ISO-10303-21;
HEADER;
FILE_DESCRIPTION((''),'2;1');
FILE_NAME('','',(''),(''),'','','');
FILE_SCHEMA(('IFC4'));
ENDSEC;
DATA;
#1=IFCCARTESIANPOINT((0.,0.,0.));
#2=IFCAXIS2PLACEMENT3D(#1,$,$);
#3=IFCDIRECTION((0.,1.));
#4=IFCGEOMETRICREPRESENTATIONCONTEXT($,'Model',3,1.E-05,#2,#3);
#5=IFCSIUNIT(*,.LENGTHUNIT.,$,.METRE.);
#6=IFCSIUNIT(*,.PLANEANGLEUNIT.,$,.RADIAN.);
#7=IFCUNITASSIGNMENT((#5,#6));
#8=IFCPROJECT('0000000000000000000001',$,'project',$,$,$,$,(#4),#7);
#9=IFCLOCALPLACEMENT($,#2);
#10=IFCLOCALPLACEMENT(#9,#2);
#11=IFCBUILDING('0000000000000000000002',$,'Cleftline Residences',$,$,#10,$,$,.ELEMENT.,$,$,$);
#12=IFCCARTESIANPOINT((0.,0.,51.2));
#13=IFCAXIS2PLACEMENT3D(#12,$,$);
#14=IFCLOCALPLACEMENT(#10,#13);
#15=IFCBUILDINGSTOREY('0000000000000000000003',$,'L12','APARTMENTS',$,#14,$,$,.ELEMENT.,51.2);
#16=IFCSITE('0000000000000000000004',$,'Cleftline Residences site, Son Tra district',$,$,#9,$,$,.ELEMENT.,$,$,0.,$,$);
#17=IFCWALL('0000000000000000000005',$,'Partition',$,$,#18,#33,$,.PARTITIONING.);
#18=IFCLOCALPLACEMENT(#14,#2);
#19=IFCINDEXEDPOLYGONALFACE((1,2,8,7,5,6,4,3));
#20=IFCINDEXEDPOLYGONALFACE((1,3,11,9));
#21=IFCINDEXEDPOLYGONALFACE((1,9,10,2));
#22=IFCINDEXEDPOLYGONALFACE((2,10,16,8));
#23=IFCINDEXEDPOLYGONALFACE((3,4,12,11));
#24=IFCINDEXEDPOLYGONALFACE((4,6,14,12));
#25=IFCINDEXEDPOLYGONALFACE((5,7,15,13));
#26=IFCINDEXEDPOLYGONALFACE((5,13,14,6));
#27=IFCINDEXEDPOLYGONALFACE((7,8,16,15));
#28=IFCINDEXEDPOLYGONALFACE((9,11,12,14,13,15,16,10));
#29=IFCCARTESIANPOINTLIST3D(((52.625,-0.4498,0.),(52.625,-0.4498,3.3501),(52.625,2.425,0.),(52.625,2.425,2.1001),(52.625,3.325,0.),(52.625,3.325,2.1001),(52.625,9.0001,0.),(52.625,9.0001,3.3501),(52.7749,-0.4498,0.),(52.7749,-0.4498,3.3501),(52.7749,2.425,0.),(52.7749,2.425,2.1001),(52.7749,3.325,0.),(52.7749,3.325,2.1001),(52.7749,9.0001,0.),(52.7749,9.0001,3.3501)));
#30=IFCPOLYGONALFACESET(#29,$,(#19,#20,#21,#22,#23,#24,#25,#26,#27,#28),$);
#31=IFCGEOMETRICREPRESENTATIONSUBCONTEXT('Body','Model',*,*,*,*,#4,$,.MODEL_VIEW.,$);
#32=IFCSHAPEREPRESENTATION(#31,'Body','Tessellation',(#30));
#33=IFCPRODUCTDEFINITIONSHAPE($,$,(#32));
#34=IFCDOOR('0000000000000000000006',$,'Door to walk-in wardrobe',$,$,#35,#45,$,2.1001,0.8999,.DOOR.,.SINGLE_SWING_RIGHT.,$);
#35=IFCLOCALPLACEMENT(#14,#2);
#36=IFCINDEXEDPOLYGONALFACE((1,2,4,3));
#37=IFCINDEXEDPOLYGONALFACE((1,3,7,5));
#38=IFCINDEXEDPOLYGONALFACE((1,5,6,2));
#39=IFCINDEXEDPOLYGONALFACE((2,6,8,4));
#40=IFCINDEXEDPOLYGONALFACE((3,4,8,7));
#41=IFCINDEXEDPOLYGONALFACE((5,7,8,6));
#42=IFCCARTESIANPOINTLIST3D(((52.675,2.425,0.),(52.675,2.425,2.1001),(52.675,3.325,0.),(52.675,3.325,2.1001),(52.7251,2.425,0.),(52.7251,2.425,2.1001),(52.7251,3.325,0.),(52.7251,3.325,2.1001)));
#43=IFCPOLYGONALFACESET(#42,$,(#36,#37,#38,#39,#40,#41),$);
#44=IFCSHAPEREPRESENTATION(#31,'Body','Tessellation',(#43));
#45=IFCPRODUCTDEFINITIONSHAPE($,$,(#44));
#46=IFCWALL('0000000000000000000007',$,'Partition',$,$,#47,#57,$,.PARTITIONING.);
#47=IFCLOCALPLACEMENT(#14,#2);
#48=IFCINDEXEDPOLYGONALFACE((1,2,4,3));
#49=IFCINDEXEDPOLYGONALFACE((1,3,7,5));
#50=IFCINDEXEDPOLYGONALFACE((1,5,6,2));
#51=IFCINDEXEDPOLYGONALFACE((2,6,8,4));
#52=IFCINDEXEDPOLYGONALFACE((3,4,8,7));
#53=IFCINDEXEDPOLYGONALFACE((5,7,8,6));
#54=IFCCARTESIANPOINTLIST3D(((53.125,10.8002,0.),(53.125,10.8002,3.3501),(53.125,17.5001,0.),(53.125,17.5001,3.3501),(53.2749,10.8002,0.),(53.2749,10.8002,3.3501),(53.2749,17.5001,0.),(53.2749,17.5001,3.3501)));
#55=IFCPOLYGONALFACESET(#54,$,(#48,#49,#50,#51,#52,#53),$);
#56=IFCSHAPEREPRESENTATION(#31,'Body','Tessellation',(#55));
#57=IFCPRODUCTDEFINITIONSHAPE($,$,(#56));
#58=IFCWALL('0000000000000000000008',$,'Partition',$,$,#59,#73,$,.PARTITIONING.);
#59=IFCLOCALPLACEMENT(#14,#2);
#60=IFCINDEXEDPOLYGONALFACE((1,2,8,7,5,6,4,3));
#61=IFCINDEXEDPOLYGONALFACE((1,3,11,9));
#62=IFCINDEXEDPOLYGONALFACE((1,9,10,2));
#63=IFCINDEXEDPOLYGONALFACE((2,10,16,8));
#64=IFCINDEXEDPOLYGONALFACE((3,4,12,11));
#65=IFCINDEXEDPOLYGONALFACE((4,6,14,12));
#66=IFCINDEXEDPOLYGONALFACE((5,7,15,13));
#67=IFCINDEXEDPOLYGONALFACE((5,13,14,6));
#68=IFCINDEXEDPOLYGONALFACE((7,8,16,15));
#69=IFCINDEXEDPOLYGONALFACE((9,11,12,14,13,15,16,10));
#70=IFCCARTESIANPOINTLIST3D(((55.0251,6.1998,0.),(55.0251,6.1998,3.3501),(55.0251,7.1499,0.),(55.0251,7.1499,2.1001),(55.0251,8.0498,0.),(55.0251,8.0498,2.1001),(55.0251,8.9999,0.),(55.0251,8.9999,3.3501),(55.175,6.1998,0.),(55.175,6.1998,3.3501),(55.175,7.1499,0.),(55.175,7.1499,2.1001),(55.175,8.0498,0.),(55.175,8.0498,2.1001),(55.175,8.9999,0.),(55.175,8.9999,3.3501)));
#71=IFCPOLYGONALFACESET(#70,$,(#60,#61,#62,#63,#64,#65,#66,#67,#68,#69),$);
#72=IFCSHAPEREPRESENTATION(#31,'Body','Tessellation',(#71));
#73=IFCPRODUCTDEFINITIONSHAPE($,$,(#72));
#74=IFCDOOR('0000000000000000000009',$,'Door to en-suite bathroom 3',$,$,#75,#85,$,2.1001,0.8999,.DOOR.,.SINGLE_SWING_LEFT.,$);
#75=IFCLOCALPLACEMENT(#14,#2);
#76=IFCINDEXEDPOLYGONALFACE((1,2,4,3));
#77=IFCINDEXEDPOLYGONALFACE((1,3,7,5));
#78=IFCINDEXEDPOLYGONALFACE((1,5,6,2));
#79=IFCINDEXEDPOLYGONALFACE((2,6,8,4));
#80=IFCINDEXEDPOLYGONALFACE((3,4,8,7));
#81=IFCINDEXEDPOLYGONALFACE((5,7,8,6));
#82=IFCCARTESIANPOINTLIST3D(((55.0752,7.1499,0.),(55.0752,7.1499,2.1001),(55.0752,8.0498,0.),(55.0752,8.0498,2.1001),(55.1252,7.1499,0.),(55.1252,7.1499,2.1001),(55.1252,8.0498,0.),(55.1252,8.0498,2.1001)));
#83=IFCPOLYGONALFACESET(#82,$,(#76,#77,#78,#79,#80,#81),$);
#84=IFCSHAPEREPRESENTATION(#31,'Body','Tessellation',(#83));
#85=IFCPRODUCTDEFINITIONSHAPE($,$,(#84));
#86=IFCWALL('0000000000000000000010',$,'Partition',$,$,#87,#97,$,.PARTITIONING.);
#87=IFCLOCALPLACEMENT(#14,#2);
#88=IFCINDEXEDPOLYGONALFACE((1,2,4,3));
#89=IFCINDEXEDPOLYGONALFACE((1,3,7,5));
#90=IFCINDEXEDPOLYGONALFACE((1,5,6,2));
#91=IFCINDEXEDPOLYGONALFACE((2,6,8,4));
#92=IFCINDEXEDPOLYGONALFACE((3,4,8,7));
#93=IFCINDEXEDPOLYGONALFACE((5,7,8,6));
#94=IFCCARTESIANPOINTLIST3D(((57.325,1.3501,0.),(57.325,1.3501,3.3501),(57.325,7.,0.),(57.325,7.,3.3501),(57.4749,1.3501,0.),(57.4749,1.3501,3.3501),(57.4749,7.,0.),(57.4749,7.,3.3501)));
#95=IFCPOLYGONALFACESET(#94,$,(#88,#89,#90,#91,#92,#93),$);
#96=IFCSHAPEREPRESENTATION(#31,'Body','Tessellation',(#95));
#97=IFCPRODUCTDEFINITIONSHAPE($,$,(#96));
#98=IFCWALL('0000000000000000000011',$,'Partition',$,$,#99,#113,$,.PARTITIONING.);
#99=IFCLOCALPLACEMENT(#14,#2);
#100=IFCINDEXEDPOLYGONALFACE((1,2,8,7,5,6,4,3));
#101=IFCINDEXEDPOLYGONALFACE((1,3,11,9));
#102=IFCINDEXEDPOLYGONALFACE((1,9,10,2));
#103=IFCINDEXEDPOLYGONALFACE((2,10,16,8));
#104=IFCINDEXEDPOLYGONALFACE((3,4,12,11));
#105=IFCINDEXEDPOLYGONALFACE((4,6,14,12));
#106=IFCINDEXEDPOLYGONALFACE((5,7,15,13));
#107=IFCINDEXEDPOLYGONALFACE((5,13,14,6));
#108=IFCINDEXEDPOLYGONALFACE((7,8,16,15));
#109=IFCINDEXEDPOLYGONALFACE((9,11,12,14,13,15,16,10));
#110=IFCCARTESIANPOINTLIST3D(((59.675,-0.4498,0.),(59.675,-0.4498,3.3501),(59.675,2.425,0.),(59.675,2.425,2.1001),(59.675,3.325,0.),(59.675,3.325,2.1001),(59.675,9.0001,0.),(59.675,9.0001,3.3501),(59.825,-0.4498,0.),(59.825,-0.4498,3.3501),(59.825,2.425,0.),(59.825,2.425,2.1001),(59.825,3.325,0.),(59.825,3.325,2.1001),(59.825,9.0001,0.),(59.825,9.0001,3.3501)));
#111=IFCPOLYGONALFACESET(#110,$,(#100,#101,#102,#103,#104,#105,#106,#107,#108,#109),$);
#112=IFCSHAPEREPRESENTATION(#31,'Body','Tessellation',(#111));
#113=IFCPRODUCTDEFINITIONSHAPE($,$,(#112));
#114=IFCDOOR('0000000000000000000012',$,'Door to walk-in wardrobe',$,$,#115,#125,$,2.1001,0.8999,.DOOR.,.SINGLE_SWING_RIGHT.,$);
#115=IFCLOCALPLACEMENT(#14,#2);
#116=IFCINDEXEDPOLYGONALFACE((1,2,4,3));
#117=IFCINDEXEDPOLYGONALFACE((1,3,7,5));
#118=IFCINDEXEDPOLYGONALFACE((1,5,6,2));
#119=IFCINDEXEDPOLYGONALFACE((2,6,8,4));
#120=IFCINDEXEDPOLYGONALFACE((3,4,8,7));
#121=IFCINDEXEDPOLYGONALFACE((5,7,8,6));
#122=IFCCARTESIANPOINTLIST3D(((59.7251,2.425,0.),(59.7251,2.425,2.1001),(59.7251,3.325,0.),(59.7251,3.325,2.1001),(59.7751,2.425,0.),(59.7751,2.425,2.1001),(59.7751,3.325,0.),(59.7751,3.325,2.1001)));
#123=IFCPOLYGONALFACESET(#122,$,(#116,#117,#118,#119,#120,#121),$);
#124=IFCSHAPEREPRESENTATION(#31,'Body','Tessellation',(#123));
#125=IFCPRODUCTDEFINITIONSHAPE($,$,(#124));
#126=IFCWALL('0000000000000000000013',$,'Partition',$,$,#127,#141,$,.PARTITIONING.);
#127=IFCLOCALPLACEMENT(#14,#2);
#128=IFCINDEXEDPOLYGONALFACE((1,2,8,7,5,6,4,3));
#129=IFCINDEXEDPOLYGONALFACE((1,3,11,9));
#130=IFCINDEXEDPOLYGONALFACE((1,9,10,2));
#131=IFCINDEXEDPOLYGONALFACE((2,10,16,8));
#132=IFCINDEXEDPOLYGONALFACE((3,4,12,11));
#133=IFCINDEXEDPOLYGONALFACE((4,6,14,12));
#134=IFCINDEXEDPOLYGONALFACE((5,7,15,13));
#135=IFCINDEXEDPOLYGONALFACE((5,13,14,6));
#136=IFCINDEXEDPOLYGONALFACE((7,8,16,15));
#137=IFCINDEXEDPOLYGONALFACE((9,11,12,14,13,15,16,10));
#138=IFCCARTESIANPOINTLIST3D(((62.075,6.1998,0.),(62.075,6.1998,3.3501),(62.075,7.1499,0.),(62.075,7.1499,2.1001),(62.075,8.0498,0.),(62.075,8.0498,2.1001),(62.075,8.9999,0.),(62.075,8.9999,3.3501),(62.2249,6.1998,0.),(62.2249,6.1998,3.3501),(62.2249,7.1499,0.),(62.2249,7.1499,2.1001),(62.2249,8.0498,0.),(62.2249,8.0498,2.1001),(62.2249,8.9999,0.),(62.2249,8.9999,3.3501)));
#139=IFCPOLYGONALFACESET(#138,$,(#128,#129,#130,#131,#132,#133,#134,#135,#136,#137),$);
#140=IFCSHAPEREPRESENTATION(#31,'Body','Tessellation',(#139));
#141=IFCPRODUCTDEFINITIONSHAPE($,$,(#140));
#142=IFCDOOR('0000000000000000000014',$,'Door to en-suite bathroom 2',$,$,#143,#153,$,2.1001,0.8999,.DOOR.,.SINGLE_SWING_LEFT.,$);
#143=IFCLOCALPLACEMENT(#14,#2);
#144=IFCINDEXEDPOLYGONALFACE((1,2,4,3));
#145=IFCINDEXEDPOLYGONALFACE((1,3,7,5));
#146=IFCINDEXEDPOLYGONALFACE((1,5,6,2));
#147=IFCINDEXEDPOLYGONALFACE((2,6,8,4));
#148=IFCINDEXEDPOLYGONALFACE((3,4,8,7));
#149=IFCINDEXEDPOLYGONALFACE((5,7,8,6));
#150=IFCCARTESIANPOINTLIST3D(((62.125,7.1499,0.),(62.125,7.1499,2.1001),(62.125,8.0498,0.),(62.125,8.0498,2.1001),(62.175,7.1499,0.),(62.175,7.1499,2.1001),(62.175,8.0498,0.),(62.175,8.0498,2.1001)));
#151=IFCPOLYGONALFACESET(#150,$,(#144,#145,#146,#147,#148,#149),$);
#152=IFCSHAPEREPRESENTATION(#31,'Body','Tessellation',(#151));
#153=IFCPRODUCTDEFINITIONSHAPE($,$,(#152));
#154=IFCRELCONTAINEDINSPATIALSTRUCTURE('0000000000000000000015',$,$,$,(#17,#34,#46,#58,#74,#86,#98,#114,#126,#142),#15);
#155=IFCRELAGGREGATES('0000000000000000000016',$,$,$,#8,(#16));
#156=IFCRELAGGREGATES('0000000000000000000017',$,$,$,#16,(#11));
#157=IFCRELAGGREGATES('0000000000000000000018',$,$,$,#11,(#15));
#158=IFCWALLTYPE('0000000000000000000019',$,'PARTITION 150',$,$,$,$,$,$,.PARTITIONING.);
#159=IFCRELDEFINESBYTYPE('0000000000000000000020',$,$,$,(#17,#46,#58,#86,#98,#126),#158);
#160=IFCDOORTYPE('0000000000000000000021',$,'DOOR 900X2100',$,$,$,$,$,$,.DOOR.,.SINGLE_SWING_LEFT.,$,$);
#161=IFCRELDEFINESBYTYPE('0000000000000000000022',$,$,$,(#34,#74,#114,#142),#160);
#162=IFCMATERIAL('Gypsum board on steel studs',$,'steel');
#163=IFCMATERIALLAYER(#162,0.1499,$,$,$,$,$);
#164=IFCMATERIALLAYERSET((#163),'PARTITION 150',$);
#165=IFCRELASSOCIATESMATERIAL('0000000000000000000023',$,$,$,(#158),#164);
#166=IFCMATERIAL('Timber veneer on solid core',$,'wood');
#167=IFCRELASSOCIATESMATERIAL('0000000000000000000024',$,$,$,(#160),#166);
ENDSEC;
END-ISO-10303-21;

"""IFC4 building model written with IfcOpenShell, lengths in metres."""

from ifc_helpers import new_model, si_unit, direction, frame, frame_2d, origin, place, context, subcontext, project, spatial, rectangle, extrude, material, layer, layer_set, type_object, element, fill, save


model = new_model("IFC4")

# Units and contexts
model_context = context("Model", 3, precision=1e-05, world=origin(), true_north=direction((0.0, 1.0)))
body_context = subcontext(model_context, "Body", "Model", "MODEL_VIEW")
ifc_project = project(units=[si_unit("LENGTHUNIT", "METRE"), si_unit("PLANEANGLEUNIT", "RADIAN")], contexts=[model_context])

# Site, building, storey
site_placement = place(None, origin())
site = spatial("IfcSite", under=ifc_project, at=site_placement, Name="Cleftline Residences site, Son Tra district", CompositionType="ELEMENT", RefElevation=0.0)
building_placement = place(site_placement, origin())
building = spatial("IfcBuilding", under=site, at=building_placement, Name="Cleftline Residences", CompositionType="ELEMENT")
storey_placement = place(building_placement, frame((0.0, 0.0, 51.2)))
storey = spatial("IfcBuildingStorey", under=building, at=storey_placement, Name="L12", Description="APARTMENTS", CompositionType="ELEMENT", Elevation=51.2)

# Shared definitions
ifc_material_1 = material(Name="Gypsum board on steel studs", Category="steel")
ifc_layer_1 = layer(ifc_material_1, 0.1499)
ifc_layer_set_1 = layer_set([ifc_layer_1], Name="PARTITION 150")
wall_type_1 = type_object("IfcWallType", Name="PARTITION 150", PredefinedType="PARTITIONING", material=ifc_layer_set_1)

# Wall, opening, door
wall_1_placement = place(storey_placement, frame((52.7, -0.45, 0.0), z_axis=(0.0, 0.0, 1.0), x_axis=(0.0, 1.0, 0.0)))
wall_1 = element("IfcWall", 1, at=wall_1_placement, inside=storey, type_object=wall_type_1, Name="Partition", PredefinedType="PARTITIONING", context=body_context, shape_type="SweptSolid", body=[
    extrude(rectangle(XDim=9.45, YDim=0.1499, at=frame_2d((4.7251, 0.0))), origin(), (0.0, 0.0, 1.0), 3.3501),
])
opening_1_placement = place(wall_1_placement, frame((2.875, 0.0, 0.0)))
opening_1 = element("IfcOpeningElement", 2, at=opening_1_placement, cuts=wall_1, PredefinedType="OPENING", context=body_context, shape_type="SweptSolid", body=[
    extrude(rectangle(XDim=0.8999, YDim=2.1001, at=frame_2d((0.45, 1.05))), frame((0.0, 0.085, 0.0), z_axis=(0.0, -1.0, 0.0), x_axis=(1.0, 0.0, 0.0)), (0.0, 0.0, 1.0), 0.1699),
])
ifc_material_2 = material(Name="Timber veneer on solid core", Category="wood")
door_type_1 = type_object("IfcDoorType", Name="DOOR 900X2100", OperationType="SINGLE_SWING_LEFT", PredefinedType="DOOR", material=ifc_material_2)
door_1_placement = place(opening_1_placement, origin())
door_1 = element("IfcDoor", 3, at=door_1_placement, inside=storey, type_object=door_type_1, Name="Door to walk-in wardrobe", OperationType="SINGLE_SWING_RIGHT", OverallHeight=2.1001, OverallWidth=0.8999, PredefinedType="DOOR", context=body_context, shape_type="SweptSolid", body=[
    extrude(rectangle(XDim=0.8999, YDim=2.1001, at=frame_2d((0.45, 1.05))), frame((0.0, 0.0249, 0.0), z_axis=(0.0, -1.0, 0.0), x_axis=(1.0, 0.0, 0.0)), (0.0, 0.0, 1.0), 0.05),
])
fill(opening_1, door_1)

# Wall
wall_2_placement = place(storey_placement, frame((53.2, 10.8, 0.0), z_axis=(0.0, 0.0, 1.0), x_axis=(0.0, 1.0, 0.0)))
element("IfcWall", 4, at=wall_2_placement, inside=storey, type_object=wall_type_1, Name="Partition", PredefinedType="PARTITIONING", context=body_context, shape_type="SweptSolid", body=[
    extrude(rectangle(XDim=6.7, YDim=0.1499, at=frame_2d((3.3501, 0.0))), origin(), (0.0, 0.0, 1.0), 3.3501),
])

# Wall, opening, door
wall_3_placement = place(storey_placement, frame((55.1001, 6.2, 0.0), z_axis=(0.0, 0.0, 1.0), x_axis=(0.0, 1.0, 0.0)))
wall_3 = element("IfcWall", 5, at=wall_3_placement, inside=storey, type_object=wall_type_1, Name="Partition", PredefinedType="PARTITIONING", context=body_context, shape_type="SweptSolid", body=[
    extrude(rectangle(XDim=2.8, YDim=0.1499, at=frame_2d((1.3999, 0.0))), origin(), (0.0, 0.0, 1.0), 3.3501),
])
opening_2_placement = place(wall_3_placement, frame((0.95, 0.0, 0.0)))
opening_2 = element("IfcOpeningElement", 6, at=opening_2_placement, cuts=wall_3, PredefinedType="OPENING", context=body_context, shape_type="SweptSolid", body=[
    extrude(rectangle(XDim=0.8999, YDim=2.1001, at=frame_2d((0.45, 1.05))), frame((0.0, 0.085, 0.0), z_axis=(0.0, -1.0, 0.0), x_axis=(1.0, 0.0, 0.0)), (0.0, 0.0, 1.0), 0.1699),
])
door_2_placement = place(opening_2_placement, origin())
door_2 = element("IfcDoor", 7, at=door_2_placement, inside=storey, type_object=door_type_1, Name="Door to en-suite bathroom 3", OperationType="SINGLE_SWING_LEFT", OverallHeight=2.1001, OverallWidth=0.8999, PredefinedType="DOOR", context=body_context, shape_type="SweptSolid", body=[
    extrude(rectangle(XDim=0.8999, YDim=2.1001, at=frame_2d((0.45, 1.05))), frame((0.0, 0.0249, 0.0), z_axis=(0.0, -1.0, 0.0), x_axis=(1.0, 0.0, 0.0)), (0.0, 0.0, 1.0), 0.05),
])
fill(opening_2, door_2)

# Wall
wall_4_placement = place(storey_placement, frame((57.3999, 1.3501, 0.0), z_axis=(0.0, 0.0, 1.0), x_axis=(0.0, 1.0, 0.0)))
element("IfcWall", 8, at=wall_4_placement, inside=storey, type_object=wall_type_1, Name="Partition", PredefinedType="PARTITIONING", context=body_context, shape_type="SweptSolid", body=[
    extrude(rectangle(XDim=5.6499, YDim=0.1499, at=frame_2d((2.825, 0.0))), origin(), (0.0, 0.0, 1.0), 3.3501),
])

# Walls, openings, doors
wall_5_placement = place(storey_placement, frame((59.75, -0.45, 0.0), z_axis=(0.0, 0.0, 1.0), x_axis=(0.0, 1.0, 0.0)))
wall_5 = element("IfcWall", 9, at=wall_5_placement, inside=storey, type_object=wall_type_1, Name="Partition", PredefinedType="PARTITIONING", context=body_context, shape_type="SweptSolid", body=[
    extrude(rectangle(XDim=9.45, YDim=0.1499, at=frame_2d((4.7251, 0.0))), origin(), (0.0, 0.0, 1.0), 3.3501),
])
opening_3_placement = place(wall_5_placement, frame((2.875, 0.0, 0.0)))
opening_3 = element("IfcOpeningElement", 10, at=opening_3_placement, cuts=wall_5, PredefinedType="OPENING", context=body_context, shape_type="SweptSolid", body=[
    extrude(rectangle(XDim=0.8999, YDim=2.1001, at=frame_2d((0.45, 1.05))), frame((0.0, 0.085, 0.0), z_axis=(0.0, -1.0, 0.0), x_axis=(1.0, 0.0, 0.0)), (0.0, 0.0, 1.0), 0.1699),
])
door_3_placement = place(opening_3_placement, origin())
door_3 = element("IfcDoor", 11, at=door_3_placement, inside=storey, type_object=door_type_1, Name="Door to walk-in wardrobe", OperationType="SINGLE_SWING_RIGHT", OverallHeight=2.1001, OverallWidth=0.8999, PredefinedType="DOOR", context=body_context, shape_type="SweptSolid", body=[
    extrude(rectangle(XDim=0.8999, YDim=2.1001, at=frame_2d((0.45, 1.05))), frame((0.0, 0.0249, 0.0), z_axis=(0.0, -1.0, 0.0), x_axis=(1.0, 0.0, 0.0)), (0.0, 0.0, 1.0), 0.05),
])
fill(opening_3, door_3)
wall_6_placement = place(storey_placement, frame((62.1499, 6.2, 0.0), z_axis=(0.0, 0.0, 1.0), x_axis=(0.0, 1.0, 0.0)))
wall_6 = element("IfcWall", 12, at=wall_6_placement, inside=storey, type_object=wall_type_1, Name="Partition", PredefinedType="PARTITIONING", context=body_context, shape_type="SweptSolid", body=[
    extrude(rectangle(XDim=2.8, YDim=0.1499, at=frame_2d((1.3999, 0.0))), origin(), (0.0, 0.0, 1.0), 3.3501),
])
opening_4_placement = place(wall_6_placement, frame((0.95, 0.0, 0.0)))
opening_4 = element("IfcOpeningElement", 13, at=opening_4_placement, cuts=wall_6, PredefinedType="OPENING", context=body_context, shape_type="SweptSolid", body=[
    extrude(rectangle(XDim=0.8999, YDim=2.1001, at=frame_2d((0.45, 1.05))), frame((0.0, 0.085, 0.0), z_axis=(0.0, -1.0, 0.0), x_axis=(1.0, 0.0, 0.0)), (0.0, 0.0, 1.0), 0.1699),
])
door_4_placement = place(opening_4_placement, origin())
door_4 = element("IfcDoor", 14, at=door_4_placement, inside=storey, type_object=door_type_1, Name="Door to en-suite bathroom 2", OperationType="SINGLE_SWING_LEFT", OverallHeight=2.1001, OverallWidth=0.8999, PredefinedType="DOOR", context=body_context, shape_type="SweptSolid", body=[
    extrude(rectangle(XDim=0.8999, YDim=2.1001, at=frame_2d((0.45, 1.05))), frame((0.0, 0.0249, 0.0), z_axis=(0.0, -1.0, 0.0), x_axis=(1.0, 0.0, 0.0)), (0.0, 0.0, 1.0), 0.05),
])
fill(opening_4, door_4)

save(model, "model.ifc")
